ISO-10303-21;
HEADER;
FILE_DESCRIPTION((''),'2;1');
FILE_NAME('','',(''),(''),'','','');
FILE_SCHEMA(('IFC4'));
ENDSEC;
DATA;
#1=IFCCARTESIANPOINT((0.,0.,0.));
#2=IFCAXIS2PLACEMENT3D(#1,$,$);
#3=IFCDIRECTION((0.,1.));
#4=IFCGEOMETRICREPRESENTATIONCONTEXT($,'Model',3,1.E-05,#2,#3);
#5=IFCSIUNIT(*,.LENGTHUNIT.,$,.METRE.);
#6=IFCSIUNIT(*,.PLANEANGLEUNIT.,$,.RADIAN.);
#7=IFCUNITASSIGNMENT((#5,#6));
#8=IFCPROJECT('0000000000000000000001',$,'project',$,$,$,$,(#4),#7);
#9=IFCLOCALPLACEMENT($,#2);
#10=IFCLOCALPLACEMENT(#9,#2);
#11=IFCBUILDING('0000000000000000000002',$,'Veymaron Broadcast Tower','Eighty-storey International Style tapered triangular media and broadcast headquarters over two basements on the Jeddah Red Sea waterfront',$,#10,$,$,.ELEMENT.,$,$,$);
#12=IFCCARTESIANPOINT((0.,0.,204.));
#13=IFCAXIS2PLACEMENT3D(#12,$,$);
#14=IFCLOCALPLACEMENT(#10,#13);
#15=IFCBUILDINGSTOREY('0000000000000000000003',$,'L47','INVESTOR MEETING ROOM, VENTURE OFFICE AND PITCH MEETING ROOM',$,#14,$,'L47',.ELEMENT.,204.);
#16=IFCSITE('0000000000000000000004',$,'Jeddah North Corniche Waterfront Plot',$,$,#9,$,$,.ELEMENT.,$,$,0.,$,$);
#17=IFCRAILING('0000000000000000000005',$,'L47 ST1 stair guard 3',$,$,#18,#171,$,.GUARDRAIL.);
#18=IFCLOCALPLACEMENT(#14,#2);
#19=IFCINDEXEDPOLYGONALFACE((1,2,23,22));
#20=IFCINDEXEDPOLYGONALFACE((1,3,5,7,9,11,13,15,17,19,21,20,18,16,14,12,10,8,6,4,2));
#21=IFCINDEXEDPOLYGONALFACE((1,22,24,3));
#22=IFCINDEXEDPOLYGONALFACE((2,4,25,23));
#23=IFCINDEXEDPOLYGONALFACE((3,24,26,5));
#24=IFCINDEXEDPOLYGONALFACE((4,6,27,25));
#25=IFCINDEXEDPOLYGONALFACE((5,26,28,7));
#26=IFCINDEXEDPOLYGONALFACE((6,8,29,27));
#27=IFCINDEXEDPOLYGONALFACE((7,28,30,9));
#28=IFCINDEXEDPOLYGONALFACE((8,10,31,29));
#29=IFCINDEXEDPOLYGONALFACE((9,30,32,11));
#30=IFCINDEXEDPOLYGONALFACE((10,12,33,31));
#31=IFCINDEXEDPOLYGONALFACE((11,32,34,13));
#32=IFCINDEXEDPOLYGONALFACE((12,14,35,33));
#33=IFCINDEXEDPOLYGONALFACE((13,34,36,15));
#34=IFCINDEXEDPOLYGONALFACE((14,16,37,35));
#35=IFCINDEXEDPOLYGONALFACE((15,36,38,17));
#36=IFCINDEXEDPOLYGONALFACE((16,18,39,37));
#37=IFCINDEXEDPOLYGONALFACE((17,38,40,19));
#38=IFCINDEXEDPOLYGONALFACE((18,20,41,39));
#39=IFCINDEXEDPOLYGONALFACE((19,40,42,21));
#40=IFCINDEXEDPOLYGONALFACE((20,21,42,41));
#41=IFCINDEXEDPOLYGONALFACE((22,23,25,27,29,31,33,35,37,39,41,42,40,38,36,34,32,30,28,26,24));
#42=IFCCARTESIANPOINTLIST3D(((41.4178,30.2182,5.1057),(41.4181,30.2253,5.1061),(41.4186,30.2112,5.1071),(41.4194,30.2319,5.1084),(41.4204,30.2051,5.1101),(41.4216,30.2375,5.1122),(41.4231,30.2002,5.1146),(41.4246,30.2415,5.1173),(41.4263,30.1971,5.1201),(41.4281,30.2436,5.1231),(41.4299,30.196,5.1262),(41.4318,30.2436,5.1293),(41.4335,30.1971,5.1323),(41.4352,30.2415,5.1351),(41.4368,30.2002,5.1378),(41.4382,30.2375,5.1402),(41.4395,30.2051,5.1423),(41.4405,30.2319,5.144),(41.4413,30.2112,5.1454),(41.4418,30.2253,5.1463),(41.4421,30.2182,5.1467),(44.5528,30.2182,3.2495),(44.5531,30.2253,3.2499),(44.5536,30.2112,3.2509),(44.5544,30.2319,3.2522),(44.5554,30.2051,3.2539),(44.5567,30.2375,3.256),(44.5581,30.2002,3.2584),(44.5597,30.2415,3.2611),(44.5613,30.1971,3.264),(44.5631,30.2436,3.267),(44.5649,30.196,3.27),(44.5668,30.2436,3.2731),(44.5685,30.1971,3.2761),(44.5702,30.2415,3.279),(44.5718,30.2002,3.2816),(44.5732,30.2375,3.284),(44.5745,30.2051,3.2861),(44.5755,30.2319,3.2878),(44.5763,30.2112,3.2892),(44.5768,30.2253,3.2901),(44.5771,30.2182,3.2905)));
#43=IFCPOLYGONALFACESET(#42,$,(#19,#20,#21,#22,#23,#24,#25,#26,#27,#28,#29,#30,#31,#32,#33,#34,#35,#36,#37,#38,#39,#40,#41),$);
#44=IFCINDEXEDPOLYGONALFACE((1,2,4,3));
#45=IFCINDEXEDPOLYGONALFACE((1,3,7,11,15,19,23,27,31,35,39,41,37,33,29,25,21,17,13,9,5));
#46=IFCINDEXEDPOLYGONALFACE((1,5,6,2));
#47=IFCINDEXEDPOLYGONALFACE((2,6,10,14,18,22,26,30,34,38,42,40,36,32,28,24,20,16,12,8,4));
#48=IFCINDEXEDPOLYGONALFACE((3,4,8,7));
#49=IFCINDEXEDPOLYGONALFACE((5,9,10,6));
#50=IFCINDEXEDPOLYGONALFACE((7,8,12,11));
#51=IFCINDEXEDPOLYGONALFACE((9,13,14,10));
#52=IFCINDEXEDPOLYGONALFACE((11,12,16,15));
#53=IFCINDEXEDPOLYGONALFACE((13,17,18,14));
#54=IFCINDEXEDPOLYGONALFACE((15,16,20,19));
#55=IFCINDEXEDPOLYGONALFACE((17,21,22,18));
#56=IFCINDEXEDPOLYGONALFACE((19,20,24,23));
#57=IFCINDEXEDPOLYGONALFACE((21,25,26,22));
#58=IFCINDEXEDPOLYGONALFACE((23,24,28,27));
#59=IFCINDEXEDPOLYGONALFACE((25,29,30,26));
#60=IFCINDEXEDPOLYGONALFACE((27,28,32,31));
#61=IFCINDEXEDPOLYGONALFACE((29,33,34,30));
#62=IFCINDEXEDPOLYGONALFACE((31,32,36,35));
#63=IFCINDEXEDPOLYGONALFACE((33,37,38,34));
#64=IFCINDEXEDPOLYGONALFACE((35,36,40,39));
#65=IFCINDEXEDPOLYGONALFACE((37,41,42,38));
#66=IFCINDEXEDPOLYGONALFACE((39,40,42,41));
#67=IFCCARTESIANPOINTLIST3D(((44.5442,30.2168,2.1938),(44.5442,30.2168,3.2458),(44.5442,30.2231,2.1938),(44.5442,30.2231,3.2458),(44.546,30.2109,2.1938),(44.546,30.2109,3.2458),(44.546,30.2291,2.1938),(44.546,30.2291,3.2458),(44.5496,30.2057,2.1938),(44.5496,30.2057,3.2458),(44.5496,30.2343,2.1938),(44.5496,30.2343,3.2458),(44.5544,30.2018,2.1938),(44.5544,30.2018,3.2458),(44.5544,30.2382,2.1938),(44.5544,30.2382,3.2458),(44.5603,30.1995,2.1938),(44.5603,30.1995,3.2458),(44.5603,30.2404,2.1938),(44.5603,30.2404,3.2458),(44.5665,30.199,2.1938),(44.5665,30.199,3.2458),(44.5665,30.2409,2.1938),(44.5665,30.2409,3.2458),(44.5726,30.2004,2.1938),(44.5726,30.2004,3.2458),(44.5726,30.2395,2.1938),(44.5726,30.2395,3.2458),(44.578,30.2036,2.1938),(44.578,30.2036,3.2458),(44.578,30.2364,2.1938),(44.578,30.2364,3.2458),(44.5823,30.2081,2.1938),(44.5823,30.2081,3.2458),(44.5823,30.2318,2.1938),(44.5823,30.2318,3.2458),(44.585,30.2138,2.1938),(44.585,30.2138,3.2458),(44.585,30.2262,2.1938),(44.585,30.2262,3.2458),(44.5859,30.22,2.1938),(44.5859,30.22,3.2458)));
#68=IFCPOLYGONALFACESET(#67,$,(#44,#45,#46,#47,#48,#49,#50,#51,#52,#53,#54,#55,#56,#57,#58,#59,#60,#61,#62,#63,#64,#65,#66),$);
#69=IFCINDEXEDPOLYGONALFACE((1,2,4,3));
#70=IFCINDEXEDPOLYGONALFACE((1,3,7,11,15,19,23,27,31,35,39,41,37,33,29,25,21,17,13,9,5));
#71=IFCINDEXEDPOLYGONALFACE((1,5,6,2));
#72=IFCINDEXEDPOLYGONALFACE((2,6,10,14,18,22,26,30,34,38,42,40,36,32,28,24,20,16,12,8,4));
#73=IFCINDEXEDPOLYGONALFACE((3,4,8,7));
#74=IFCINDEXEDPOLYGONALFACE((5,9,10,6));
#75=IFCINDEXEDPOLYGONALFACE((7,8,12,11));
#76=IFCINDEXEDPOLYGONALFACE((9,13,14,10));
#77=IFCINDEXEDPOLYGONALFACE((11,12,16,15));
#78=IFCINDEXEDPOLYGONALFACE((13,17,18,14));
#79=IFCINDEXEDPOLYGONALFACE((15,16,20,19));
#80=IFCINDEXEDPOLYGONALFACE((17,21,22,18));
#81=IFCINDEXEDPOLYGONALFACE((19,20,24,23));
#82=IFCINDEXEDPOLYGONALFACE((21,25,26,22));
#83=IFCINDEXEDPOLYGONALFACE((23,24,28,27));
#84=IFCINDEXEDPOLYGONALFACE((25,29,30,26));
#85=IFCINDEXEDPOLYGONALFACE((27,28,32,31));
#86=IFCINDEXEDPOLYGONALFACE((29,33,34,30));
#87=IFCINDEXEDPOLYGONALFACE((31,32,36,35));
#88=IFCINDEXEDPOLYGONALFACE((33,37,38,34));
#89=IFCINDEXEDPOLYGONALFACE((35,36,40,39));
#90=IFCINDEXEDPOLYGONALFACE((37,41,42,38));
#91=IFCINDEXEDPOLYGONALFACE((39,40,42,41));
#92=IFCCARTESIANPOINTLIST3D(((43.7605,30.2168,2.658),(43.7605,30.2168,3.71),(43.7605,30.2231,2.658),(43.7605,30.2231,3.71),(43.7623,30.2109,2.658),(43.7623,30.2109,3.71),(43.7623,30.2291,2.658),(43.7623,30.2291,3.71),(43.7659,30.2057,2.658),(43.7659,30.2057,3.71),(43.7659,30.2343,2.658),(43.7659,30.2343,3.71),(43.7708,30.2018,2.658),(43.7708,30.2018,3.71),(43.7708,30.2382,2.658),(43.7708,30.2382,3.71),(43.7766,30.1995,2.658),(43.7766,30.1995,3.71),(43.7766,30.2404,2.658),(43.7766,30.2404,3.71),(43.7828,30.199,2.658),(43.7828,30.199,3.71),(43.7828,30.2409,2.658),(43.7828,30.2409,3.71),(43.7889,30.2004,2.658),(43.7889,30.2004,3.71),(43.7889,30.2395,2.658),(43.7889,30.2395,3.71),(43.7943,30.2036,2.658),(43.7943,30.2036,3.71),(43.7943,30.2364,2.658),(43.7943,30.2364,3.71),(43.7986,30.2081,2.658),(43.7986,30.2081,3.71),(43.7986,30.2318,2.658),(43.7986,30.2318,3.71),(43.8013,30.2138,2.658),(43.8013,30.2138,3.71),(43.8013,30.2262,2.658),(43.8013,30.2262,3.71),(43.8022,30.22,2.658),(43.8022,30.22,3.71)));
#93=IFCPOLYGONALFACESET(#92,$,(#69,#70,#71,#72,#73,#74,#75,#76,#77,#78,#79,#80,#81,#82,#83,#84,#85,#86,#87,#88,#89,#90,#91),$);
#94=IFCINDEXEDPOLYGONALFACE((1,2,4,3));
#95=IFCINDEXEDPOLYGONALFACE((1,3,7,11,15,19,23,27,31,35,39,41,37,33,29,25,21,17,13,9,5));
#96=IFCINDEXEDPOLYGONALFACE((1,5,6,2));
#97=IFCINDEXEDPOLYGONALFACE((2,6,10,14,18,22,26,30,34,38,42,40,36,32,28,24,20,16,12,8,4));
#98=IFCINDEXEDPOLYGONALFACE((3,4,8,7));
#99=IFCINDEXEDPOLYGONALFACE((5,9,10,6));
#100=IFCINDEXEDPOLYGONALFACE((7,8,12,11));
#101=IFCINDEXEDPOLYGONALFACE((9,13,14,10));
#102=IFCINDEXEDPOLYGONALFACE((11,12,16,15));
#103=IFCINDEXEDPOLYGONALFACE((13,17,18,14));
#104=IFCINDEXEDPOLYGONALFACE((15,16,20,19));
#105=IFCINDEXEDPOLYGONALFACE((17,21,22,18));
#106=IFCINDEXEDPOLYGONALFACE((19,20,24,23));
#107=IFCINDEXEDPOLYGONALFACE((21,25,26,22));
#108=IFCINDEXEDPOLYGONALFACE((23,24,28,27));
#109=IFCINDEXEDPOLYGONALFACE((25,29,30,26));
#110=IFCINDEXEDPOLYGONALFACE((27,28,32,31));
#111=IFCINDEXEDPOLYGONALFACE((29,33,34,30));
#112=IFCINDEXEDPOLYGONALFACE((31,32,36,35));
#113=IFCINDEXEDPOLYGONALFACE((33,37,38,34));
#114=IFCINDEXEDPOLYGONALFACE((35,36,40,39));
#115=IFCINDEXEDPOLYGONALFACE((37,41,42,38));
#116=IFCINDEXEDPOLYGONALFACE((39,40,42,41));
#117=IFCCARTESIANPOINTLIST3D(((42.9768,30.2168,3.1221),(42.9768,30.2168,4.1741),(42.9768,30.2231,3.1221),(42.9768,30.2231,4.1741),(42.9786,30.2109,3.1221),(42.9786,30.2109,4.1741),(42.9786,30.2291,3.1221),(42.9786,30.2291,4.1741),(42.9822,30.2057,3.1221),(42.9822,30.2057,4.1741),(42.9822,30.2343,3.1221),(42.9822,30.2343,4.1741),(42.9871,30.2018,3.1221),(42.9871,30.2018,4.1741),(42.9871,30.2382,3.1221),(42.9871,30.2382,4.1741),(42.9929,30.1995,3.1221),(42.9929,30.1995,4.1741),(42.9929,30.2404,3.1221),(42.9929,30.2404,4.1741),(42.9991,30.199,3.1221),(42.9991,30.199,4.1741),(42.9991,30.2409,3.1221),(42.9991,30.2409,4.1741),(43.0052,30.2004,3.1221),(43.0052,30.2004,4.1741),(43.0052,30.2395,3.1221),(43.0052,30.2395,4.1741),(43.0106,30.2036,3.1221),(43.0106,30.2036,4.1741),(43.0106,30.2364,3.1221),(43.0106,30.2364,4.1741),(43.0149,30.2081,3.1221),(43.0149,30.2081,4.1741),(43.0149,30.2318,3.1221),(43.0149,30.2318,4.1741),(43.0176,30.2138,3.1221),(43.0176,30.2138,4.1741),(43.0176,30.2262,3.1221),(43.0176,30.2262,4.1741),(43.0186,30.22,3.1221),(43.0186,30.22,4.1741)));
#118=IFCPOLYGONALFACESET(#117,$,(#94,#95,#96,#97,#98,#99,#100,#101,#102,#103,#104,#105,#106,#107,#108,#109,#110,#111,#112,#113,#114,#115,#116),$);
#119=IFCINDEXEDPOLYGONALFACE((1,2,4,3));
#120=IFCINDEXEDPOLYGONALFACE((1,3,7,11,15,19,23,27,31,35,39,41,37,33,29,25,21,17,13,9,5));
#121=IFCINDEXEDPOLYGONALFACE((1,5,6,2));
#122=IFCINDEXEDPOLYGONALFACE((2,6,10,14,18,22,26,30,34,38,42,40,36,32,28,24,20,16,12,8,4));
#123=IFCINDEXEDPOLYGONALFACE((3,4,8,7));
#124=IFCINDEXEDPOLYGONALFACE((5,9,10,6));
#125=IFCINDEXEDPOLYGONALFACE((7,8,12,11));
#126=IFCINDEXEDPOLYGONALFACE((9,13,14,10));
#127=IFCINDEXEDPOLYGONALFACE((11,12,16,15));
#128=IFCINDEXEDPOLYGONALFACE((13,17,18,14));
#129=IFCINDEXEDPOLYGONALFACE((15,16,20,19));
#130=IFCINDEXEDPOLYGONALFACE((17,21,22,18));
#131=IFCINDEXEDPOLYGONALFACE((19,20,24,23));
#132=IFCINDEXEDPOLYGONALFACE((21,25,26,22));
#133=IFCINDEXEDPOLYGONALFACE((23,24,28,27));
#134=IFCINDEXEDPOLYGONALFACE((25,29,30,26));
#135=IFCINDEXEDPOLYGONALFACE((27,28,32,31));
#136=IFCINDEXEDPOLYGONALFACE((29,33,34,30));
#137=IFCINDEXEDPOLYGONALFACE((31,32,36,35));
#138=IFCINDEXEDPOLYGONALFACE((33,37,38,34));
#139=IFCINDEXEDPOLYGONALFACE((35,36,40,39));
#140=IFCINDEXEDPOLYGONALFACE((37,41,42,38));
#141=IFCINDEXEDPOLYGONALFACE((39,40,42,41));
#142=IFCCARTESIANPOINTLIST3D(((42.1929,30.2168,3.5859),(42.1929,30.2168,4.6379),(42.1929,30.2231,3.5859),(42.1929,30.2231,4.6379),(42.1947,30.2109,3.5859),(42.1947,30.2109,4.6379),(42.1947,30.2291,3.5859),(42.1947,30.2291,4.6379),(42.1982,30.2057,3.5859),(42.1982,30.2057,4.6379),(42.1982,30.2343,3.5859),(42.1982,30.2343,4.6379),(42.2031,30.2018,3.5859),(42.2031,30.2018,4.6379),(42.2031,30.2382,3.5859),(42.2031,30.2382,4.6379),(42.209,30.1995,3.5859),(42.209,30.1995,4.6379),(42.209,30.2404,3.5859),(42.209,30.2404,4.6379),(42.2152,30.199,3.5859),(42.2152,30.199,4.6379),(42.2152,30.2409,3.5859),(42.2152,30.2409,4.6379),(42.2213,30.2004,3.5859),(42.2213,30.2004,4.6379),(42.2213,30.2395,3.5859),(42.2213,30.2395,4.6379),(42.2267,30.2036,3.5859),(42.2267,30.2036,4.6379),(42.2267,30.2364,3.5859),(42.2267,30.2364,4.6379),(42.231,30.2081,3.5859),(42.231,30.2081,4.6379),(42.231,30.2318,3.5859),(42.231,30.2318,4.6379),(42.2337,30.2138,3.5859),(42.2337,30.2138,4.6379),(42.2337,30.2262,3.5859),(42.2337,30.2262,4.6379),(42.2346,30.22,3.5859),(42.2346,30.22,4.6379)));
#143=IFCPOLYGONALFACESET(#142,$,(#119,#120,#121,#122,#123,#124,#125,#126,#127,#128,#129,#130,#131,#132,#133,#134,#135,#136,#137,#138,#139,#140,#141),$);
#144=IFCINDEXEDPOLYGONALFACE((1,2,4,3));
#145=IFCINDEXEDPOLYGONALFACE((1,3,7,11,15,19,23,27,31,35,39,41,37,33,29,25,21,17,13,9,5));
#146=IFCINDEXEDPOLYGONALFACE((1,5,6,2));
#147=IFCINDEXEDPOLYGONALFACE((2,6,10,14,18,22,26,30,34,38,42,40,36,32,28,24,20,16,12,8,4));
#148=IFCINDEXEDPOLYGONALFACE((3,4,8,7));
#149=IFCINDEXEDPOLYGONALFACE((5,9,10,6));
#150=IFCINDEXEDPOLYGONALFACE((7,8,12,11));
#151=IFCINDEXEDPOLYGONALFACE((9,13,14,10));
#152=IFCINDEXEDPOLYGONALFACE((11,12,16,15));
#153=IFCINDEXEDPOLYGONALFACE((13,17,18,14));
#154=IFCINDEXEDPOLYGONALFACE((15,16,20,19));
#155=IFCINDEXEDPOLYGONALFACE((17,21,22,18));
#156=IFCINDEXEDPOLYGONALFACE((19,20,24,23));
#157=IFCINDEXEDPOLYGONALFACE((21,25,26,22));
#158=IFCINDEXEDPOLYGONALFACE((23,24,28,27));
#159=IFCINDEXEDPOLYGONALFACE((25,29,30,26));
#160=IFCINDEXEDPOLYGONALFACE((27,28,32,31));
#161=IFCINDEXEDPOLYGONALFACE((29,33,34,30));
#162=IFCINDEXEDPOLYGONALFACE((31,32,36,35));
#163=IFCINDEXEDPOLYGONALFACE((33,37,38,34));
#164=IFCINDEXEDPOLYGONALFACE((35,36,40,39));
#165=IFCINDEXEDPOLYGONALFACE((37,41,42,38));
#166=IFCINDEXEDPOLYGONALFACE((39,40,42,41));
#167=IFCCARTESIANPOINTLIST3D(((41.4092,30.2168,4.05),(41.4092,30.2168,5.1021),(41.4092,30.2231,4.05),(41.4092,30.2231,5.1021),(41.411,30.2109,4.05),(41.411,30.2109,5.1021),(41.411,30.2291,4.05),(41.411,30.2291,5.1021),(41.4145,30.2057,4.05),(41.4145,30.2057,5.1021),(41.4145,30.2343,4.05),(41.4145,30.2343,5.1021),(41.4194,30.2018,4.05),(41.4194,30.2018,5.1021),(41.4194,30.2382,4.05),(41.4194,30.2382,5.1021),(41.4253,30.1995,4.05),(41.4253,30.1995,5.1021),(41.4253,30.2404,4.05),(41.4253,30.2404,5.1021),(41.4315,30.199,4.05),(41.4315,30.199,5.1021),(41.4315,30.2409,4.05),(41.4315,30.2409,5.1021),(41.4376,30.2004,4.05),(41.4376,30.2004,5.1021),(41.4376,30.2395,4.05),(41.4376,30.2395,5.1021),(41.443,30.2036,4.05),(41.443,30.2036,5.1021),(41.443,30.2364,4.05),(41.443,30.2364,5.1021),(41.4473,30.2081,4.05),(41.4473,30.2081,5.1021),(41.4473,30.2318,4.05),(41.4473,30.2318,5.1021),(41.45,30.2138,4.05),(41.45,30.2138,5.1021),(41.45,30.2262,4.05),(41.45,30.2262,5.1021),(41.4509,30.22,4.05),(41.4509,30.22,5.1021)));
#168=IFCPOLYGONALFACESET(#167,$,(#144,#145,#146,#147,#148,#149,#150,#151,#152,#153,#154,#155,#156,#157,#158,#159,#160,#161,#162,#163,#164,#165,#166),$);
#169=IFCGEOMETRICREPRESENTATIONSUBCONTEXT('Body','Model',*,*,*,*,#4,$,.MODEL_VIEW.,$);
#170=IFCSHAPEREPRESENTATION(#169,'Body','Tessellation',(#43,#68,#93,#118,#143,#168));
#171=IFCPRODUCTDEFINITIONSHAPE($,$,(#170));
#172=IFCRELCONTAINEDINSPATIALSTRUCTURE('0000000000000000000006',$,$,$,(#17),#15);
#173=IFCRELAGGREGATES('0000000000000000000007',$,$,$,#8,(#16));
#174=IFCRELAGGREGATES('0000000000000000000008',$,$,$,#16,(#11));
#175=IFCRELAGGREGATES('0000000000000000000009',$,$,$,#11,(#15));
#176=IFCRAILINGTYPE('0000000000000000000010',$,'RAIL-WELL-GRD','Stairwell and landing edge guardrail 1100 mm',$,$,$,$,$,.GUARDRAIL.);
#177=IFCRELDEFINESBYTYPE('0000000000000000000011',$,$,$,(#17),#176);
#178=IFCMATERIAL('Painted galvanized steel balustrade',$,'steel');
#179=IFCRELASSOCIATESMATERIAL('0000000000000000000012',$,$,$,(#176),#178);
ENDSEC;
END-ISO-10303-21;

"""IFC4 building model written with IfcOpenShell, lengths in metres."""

from ifc_helpers import new_model, si_unit, direction, frame, origin, origin_2d, place, context, subcontext, project, spatial, circle, extrude, material, type_object, element, save


model = new_model("IFC4")

# Units and contexts
model_context = context("Model", 3, precision=1e-05, world=origin(), true_north=direction((0.0, 1.0)))
body_context = subcontext(model_context, "Body", "Model", "MODEL_VIEW")
ifc_project = project(units=[si_unit("LENGTHUNIT", "METRE"), si_unit("PLANEANGLEUNIT", "RADIAN")], contexts=[model_context])

# Site, building, storey
site_placement = place(None, origin())
site = spatial("IfcSite", under=ifc_project, at=site_placement, Name="Jeddah North Corniche Waterfront Plot", CompositionType="ELEMENT", RefElevation=0.0)
building_placement = place(site_placement, origin())
building = spatial("IfcBuilding", under=site, at=building_placement, Name="Veymaron Broadcast Tower", Description="Eighty-storey International Style tapered triangular media and broadcast headquarters over two basements on the Jeddah Red Sea waterfront", CompositionType="ELEMENT")
storey_placement = place(building_placement, frame((0.0, 0.0, 204.0)))
storey = spatial("IfcBuildingStorey", under=building, at=storey_placement, Name="L47", Description="INVESTOR MEETING ROOM, VENTURE OFFICE AND PITCH MEETING ROOM", LongName="L47", CompositionType="ELEMENT", Elevation=204.0)

# Railing
ifc_material_1 = material(Name="Painted galvanized steel balustrade", Category="steel")
railing_type_1 = type_object("IfcRailingType", Name="RAIL-WELL-GRD", Description="Stairwell and landing edge guardrail 1100 mm", PredefinedType="GUARDRAIL", material=ifc_material_1)
railing_1_placement = place(storey_placement, frame((44.5649, 30.22, 2.1938)))
element("IfcRailing", 1, at=railing_1_placement, inside=storey, type_object=railing_type_1, Name="L47 ST1 stair guard 3", PredefinedType="GUARDRAIL", context=body_context, shape_type="SweptSolid", body=[
    extrude(circle(Radius=0.0239, at=origin_2d()), frame((0.0, 0.0, 1.0762), z_axis=(-0.860482, 0.0, 0.509481), x_axis=(0.0, -1.0, 0.0)), (0.0, 0.0, 1.0), 3.6433),
    extrude(circle(Radius=0.021, at=origin_2d()), origin(), (0.0, 0.0, 1.0), 1.052),
    extrude(circle(Radius=0.021, at=origin_2d()), frame((-0.7837, 0.0, 0.4641)), (0.0, 0.0, 1.0), 1.052),
    extrude(circle(Radius=0.021, at=origin_2d()), frame((-1.5674, 0.0, 0.9282)), (0.0, 0.0, 1.0), 1.052),
    extrude(circle(Radius=0.021, at=origin_2d()), frame((-2.3513, 0.0, 1.3921)), (0.0, 0.0, 1.0), 1.052),
    extrude(circle(Radius=0.021, at=origin_2d()), frame((-3.135, 0.0, 1.8562)), (0.0, 0.0, 1.0), 1.052),
])

save(model, "model.ifc")
